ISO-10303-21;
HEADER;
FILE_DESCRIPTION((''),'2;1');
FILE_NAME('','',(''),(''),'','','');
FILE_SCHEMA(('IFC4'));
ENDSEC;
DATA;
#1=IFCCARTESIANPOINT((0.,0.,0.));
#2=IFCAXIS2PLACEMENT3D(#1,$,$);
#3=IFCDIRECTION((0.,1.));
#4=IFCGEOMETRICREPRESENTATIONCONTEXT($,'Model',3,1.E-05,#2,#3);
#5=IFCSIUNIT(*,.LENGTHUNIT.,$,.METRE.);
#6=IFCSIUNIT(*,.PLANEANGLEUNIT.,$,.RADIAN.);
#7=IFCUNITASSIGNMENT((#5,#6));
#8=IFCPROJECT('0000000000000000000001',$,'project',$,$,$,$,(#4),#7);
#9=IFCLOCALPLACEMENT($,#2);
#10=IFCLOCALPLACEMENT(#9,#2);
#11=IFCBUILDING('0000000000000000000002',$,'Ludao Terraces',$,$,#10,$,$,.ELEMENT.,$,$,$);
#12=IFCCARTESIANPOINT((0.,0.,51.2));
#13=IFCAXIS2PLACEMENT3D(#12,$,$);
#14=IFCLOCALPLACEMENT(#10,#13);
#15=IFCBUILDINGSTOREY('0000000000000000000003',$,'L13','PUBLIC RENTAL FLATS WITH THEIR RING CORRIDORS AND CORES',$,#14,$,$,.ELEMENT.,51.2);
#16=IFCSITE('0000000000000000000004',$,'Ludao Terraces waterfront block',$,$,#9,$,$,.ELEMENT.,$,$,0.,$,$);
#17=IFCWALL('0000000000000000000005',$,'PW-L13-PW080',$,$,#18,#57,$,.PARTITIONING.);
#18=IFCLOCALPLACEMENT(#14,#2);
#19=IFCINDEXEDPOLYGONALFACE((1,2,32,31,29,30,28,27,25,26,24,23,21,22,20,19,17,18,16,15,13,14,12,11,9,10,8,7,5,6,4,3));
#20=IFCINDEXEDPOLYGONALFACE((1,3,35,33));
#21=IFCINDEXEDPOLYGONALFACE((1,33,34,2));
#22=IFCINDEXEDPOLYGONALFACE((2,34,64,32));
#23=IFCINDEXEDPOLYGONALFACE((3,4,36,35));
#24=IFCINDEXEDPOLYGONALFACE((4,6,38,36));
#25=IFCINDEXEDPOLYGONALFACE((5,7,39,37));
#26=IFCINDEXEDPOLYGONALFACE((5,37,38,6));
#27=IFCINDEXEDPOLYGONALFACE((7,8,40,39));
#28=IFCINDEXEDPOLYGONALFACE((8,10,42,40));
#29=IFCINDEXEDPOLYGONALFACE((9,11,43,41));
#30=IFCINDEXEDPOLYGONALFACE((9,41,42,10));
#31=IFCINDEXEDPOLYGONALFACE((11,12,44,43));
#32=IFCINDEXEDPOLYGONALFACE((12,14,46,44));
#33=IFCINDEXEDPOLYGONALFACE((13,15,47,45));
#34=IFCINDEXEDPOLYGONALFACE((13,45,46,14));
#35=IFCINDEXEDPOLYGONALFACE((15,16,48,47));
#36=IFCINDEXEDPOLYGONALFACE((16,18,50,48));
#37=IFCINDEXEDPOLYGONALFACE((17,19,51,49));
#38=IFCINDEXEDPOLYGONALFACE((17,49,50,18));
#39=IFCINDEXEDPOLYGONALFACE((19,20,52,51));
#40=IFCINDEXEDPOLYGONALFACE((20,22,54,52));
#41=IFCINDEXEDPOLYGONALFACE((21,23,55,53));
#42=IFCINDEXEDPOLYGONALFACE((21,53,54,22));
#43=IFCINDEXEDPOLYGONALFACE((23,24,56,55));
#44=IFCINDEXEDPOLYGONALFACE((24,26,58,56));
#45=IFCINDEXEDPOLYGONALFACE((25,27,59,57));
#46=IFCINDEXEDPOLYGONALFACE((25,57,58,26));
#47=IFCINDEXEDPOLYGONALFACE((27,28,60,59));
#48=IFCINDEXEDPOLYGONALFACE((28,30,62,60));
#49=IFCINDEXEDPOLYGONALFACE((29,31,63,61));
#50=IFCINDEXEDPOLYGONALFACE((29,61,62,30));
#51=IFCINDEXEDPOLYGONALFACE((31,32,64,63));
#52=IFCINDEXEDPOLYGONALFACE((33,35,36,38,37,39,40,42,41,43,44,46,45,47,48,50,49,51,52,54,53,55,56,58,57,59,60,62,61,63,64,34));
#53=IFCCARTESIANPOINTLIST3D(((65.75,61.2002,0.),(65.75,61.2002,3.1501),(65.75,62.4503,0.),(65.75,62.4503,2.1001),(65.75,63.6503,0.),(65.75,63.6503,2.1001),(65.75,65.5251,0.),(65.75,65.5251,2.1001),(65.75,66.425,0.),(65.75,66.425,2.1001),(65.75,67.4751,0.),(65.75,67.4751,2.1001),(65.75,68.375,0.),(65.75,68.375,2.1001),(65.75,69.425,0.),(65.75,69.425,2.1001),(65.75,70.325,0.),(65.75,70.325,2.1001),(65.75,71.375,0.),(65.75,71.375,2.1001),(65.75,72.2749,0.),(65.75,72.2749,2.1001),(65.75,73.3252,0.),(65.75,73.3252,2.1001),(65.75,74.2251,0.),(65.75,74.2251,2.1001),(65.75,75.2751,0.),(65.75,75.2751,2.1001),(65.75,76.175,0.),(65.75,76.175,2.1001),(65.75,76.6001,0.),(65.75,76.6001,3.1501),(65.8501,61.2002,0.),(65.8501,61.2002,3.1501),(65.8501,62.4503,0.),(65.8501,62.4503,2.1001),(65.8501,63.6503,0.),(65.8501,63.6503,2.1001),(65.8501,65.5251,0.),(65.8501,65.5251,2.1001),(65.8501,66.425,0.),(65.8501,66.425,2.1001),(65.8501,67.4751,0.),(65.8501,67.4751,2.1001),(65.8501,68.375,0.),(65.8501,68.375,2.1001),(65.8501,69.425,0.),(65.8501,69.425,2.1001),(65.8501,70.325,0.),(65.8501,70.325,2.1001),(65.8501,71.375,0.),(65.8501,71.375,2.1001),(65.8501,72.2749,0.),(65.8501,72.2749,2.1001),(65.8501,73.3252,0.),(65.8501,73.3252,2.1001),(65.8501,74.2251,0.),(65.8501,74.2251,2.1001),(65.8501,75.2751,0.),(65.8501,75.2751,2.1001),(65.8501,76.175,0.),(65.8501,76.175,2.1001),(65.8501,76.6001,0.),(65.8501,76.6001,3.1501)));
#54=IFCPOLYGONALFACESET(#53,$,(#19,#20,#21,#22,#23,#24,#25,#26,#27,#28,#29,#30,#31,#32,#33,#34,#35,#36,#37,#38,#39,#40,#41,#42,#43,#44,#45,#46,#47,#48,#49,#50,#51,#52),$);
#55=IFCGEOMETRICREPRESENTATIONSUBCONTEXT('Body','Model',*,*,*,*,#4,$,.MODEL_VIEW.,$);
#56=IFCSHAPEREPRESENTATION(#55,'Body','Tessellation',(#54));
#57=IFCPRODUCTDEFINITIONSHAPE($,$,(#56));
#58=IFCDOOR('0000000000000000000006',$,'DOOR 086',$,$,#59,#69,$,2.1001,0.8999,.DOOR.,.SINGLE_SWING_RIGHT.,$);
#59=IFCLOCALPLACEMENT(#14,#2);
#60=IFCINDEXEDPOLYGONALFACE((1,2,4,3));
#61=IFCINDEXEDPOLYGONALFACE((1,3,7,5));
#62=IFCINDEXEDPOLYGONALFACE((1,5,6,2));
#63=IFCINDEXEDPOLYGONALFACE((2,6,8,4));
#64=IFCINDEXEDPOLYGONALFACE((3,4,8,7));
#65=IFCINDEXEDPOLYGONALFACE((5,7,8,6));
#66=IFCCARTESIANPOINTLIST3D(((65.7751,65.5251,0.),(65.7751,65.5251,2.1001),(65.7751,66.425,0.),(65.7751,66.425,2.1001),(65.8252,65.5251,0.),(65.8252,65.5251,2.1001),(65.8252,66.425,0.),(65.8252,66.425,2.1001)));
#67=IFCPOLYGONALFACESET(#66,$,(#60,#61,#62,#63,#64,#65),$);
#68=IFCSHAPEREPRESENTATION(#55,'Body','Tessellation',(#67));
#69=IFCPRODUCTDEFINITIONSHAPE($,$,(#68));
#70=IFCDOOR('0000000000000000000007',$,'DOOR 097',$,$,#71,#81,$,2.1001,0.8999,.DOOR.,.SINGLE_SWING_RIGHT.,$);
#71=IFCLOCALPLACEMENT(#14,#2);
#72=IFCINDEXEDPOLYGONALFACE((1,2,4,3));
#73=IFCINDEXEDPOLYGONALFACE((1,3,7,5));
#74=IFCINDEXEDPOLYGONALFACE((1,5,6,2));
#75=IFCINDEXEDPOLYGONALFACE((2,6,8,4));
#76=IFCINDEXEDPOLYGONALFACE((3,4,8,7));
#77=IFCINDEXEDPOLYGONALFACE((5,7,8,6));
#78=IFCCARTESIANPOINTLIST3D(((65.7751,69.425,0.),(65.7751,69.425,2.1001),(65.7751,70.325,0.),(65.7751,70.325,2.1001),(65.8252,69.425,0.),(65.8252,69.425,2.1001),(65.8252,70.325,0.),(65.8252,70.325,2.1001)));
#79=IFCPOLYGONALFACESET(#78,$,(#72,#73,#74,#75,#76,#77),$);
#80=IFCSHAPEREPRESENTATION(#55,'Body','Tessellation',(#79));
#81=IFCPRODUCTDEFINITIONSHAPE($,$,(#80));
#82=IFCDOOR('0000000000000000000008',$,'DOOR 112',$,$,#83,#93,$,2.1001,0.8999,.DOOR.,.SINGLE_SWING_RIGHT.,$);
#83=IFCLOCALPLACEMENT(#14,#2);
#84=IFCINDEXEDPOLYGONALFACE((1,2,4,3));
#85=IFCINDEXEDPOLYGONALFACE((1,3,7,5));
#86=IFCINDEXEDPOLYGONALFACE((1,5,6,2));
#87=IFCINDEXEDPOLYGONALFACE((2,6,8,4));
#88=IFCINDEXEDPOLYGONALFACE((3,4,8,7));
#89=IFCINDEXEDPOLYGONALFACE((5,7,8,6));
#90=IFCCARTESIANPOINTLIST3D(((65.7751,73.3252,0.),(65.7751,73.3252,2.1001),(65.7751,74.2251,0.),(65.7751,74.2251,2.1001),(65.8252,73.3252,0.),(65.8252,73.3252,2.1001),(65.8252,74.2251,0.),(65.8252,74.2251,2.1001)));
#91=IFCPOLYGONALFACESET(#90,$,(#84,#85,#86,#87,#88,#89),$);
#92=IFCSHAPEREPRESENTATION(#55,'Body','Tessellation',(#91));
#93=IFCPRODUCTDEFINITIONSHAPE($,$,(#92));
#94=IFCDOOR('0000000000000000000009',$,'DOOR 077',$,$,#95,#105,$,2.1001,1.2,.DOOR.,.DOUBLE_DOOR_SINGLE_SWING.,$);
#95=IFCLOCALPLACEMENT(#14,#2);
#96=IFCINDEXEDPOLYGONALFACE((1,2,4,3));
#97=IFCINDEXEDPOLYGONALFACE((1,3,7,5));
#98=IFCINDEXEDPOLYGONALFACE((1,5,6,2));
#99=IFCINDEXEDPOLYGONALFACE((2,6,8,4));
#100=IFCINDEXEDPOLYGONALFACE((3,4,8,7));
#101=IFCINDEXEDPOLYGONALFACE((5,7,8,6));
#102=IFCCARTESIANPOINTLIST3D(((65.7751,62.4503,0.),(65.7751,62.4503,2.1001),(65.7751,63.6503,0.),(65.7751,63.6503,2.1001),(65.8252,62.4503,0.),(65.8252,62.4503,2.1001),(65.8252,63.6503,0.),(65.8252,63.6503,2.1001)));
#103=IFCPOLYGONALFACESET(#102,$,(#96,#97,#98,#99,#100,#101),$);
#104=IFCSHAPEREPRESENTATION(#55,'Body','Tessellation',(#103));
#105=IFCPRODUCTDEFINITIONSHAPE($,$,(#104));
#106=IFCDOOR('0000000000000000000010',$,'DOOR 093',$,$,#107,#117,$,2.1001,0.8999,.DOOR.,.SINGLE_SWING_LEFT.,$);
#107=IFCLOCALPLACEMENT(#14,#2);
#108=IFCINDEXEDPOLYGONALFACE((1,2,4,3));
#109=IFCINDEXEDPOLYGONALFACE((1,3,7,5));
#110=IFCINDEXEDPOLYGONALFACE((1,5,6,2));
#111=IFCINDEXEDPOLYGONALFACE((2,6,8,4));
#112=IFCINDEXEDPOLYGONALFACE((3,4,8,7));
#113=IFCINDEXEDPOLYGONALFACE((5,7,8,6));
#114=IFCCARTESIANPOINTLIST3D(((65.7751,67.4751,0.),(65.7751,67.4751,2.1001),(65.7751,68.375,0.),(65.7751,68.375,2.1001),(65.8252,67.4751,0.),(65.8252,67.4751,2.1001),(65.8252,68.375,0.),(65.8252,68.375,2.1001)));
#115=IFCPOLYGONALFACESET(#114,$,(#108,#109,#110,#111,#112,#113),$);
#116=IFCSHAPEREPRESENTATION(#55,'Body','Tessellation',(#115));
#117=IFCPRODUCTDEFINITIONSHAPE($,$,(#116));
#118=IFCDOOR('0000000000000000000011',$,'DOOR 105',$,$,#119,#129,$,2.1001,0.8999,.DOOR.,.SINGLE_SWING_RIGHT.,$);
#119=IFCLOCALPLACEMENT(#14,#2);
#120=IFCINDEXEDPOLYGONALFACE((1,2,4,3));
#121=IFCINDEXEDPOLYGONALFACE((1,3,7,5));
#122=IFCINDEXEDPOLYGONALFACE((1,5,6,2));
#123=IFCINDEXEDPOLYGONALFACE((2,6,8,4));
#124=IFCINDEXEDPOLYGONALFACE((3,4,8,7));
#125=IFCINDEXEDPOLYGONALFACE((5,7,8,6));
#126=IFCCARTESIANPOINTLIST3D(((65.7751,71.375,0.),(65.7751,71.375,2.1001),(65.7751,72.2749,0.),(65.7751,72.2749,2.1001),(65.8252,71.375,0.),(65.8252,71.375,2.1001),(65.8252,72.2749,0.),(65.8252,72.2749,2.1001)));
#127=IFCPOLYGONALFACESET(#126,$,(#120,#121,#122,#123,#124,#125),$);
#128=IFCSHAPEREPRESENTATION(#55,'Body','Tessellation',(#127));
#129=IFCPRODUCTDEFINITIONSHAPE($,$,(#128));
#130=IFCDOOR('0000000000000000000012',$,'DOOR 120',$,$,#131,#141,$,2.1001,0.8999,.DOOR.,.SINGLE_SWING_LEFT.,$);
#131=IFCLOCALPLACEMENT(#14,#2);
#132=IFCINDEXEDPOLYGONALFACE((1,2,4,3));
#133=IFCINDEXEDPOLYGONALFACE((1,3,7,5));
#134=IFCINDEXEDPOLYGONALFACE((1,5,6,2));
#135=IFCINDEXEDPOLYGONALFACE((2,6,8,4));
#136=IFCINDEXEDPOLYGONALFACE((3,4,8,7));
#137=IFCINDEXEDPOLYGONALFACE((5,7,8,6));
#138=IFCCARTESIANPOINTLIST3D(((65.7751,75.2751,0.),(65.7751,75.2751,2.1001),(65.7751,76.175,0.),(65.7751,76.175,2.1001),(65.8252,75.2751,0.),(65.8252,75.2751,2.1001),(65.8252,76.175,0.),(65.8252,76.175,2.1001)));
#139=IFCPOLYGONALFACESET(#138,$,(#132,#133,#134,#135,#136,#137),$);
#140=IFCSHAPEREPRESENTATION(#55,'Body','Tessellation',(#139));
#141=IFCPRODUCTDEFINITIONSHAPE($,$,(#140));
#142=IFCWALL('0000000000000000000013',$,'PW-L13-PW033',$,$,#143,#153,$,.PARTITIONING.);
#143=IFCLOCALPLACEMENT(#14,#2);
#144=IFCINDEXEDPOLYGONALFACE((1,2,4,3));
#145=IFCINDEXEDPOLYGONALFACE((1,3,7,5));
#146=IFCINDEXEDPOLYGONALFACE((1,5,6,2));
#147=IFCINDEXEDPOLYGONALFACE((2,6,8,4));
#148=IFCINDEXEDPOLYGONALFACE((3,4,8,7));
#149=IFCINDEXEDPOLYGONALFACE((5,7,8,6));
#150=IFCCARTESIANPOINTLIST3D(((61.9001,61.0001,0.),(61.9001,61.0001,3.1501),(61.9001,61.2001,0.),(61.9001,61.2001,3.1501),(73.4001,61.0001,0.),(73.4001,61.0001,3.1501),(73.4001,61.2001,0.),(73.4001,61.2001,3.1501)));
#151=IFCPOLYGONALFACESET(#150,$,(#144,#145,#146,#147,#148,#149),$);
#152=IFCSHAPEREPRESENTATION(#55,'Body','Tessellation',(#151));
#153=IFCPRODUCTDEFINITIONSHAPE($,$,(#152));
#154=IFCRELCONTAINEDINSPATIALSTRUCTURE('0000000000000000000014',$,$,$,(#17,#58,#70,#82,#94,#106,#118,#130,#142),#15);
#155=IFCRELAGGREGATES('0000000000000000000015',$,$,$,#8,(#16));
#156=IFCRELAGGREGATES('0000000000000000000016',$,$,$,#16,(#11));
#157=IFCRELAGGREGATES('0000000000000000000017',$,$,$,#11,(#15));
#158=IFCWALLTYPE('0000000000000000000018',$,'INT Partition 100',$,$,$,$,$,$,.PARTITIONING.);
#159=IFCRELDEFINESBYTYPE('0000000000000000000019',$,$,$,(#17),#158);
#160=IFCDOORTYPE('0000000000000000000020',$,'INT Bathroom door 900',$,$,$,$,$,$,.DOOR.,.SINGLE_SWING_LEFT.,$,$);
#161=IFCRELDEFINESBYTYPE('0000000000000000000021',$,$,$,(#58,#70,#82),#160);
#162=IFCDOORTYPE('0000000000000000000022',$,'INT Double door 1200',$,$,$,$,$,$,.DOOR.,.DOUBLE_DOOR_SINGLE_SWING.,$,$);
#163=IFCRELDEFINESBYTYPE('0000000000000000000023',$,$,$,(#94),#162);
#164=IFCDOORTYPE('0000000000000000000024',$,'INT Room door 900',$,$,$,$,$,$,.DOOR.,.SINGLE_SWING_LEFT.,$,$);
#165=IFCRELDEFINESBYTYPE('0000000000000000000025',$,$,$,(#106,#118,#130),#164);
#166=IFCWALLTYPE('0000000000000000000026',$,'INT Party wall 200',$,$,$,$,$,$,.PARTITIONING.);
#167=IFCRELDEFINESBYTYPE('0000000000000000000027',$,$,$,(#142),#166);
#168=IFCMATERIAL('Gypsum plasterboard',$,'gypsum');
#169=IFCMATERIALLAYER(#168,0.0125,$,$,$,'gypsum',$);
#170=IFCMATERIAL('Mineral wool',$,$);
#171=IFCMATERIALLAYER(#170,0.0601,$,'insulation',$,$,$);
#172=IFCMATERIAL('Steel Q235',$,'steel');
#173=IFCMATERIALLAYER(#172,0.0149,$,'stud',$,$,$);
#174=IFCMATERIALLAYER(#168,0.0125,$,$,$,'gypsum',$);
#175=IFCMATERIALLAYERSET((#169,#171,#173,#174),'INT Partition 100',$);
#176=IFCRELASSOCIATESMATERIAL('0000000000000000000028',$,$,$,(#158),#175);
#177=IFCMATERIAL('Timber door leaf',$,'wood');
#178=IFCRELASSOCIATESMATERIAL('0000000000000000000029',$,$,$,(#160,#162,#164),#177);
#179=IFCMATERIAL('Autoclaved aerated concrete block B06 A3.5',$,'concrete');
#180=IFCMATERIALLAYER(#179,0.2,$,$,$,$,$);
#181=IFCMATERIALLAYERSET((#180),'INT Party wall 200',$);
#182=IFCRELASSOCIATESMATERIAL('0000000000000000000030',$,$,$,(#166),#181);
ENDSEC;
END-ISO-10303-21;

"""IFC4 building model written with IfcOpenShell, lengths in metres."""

from ifc_helpers import new_model, si_unit, direction, frame, frame_2d, origin, place, context, subcontext, project, spatial, rectangle, extrude, material, layer, layer_set, type_object, element, fill, save


model = new_model("IFC4")

# Units and contexts
model_context = context("Model", 3, precision=1e-05, world=origin(), true_north=direction((0.0, 1.0)))
body_context = subcontext(model_context, "Body", "Model", "MODEL_VIEW")
ifc_project = project(units=[si_unit("LENGTHUNIT", "METRE"), si_unit("PLANEANGLEUNIT", "RADIAN")], contexts=[model_context])

# Site, building, storey
site_placement = place(None, origin())
site = spatial("IfcSite", under=ifc_project, at=site_placement, Name="Ludao Terraces waterfront block", CompositionType="ELEMENT", RefElevation=0.0)
building_placement = place(site_placement, origin())
building = spatial("IfcBuilding", under=site, at=building_placement, Name="Ludao Terraces", CompositionType="ELEMENT")
storey_placement = place(building_placement, frame((0.0, 0.0, 51.2)))
storey = spatial("IfcBuildingStorey", under=building, at=storey_placement, Name="L13", Description="PUBLIC RENTAL FLATS WITH THEIR RING CORRIDORS AND CORES", CompositionType="ELEMENT", Elevation=51.2)

# Shared definitions
ifc_material_1 = material(Name="Mineral wool")

# Shared definitions
ifc_material_2 = material(Name="Gypsum plasterboard", Category="gypsum")
ifc_layer_1 = layer(ifc_material_2, 0.0125, Category="gypsum")
ifc_layer_2 = layer(ifc_material_1, 0.0601, Name="insulation")
ifc_material_3 = material(Name="Steel Q235", Category="steel")
ifc_layer_3 = layer(ifc_material_3, 0.0149, Name="stud")
ifc_layer_4 = layer(ifc_material_2, 0.0125, Category="gypsum")
ifc_layer_set_1 = layer_set([ifc_layer_1, ifc_layer_2, ifc_layer_3, ifc_layer_4], Name="INT Partition 100")
wall_type_1 = type_object("IfcWallType", Name="INT Partition 100", PredefinedType="PARTITIONING", material=ifc_layer_set_1)

# Wall, openings, doors
wall_1_placement = place(storey_placement, frame((65.8, 61.2002, 0.0), z_axis=(0.0, 0.0, 1.0), x_axis=(0.0, 1.0, 0.0)))
wall_1 = element("IfcWall", 1, at=wall_1_placement, inside=storey, type_object=wall_type_1, Name="PW-L13-PW080", PredefinedType="PARTITIONING", context=body_context, shape_type="SweptSolid", body=[
    extrude(rectangle(XDim=15.3999, YDim=0.1001, at=frame_2d((7.7, 0.0))), origin(), (0.0, 0.0, 1.0), 3.1501),
])
opening_1_placement = place(wall_1_placement, frame((1.25, 0.0, 0.0)))
opening_1 = element("IfcOpeningElement", 2, at=opening_1_placement, cuts=wall_1, PredefinedType="OPENING", context=body_context, shape_type="SweptSolid", body=[
    extrude(rectangle(XDim=1.2, YDim=2.1001, at=frame_2d((0.6001, 1.05))), frame((0.0, 0.0601, 0.0), z_axis=(0.0, -1.0, 0.0), x_axis=(1.0, 0.0, 0.0)), (0.0, 0.0, 1.0), 0.1201),
])
opening_2_placement = place(wall_1_placement, frame((4.325, 0.0, 0.0)))
opening_2 = element("IfcOpeningElement", 3, at=opening_2_placement, cuts=wall_1, PredefinedType="OPENING", context=body_context, shape_type="SweptSolid", body=[
    extrude(rectangle(XDim=0.8999, YDim=2.1001, at=frame_2d((0.45, 1.05))), frame((0.0, 0.0601, 0.0), z_axis=(0.0, -1.0, 0.0), x_axis=(1.0, 0.0, 0.0)), (0.0, 0.0, 1.0), 0.1201),
])
opening_3_placement = place(wall_1_placement, frame((6.2749, 0.0, 0.0)))
opening_3 = element("IfcOpeningElement", 4, at=opening_3_placement, cuts=wall_1, PredefinedType="OPENING", context=body_context, shape_type="SweptSolid", body=[
    extrude(rectangle(XDim=0.8999, YDim=2.1001, at=frame_2d((0.45, 1.05))), frame((0.0, 0.0601, 0.0), z_axis=(0.0, -1.0, 0.0), x_axis=(1.0, 0.0, 0.0)), (0.0, 0.0, 1.0), 0.1201),
])
opening_4_placement = place(wall_1_placement, frame((8.2249, 0.0, 0.0)))
opening_4 = element("IfcOpeningElement", 5, at=opening_4_placement, cuts=wall_1, PredefinedType="OPENING", context=body_context, shape_type="SweptSolid", body=[
    extrude(rectangle(XDim=0.8999, YDim=2.1001, at=frame_2d((0.45, 1.05))), frame((0.0, 0.0601, 0.0), z_axis=(0.0, -1.0, 0.0), x_axis=(1.0, 0.0, 0.0)), (0.0, 0.0, 1.0), 0.1201),
])
opening_5_placement = place(wall_1_placement, frame((10.1748, 0.0, 0.0)))
opening_5 = element("IfcOpeningElement", 6, at=opening_5_placement, cuts=wall_1, PredefinedType="OPENING", context=body_context, shape_type="SweptSolid", body=[
    extrude(rectangle(XDim=0.8999, YDim=2.1001, at=frame_2d((0.45, 1.05))), frame((0.0, 0.0601, 0.0), z_axis=(0.0, -1.0, 0.0), x_axis=(1.0, 0.0, 0.0)), (0.0, 0.0, 1.0), 0.1201),
])
opening_6_placement = place(wall_1_placement, frame((12.125, 0.0, 0.0)))
opening_6 = element("IfcOpeningElement", 7, at=opening_6_placement, cuts=wall_1, PredefinedType="OPENING", context=body_context, shape_type="SweptSolid", body=[
    extrude(rectangle(XDim=0.8999, YDim=2.1001, at=frame_2d((0.45, 1.05))), frame((0.0, 0.0601, 0.0), z_axis=(0.0, -1.0, 0.0), x_axis=(1.0, 0.0, 0.0)), (0.0, 0.0, 1.0), 0.1201),
])
opening_7_placement = place(wall_1_placement, frame((14.075, 0.0, 0.0)))
opening_7 = element("IfcOpeningElement", 8, at=opening_7_placement, cuts=wall_1, PredefinedType="OPENING", context=body_context, shape_type="SweptSolid", body=[
    extrude(rectangle(XDim=0.8999, YDim=2.1001, at=frame_2d((0.45, 1.05))), frame((0.0, 0.0601, 0.0), z_axis=(0.0, -1.0, 0.0), x_axis=(1.0, 0.0, 0.0)), (0.0, 0.0, 1.0), 0.1201),
])
ifc_material_4 = material(Name="Timber door leaf", Category="wood")
door_type_1 = type_object("IfcDoorType", Name="INT Bathroom door 900", OperationType="SINGLE_SWING_LEFT", PredefinedType="DOOR", material=ifc_material_4)
door_1_placement = place(opening_2_placement, origin())
door_1 = element("IfcDoor", 9, at=door_1_placement, inside=storey, type_object=door_type_1, Name="DOOR 086", OperationType="SINGLE_SWING_RIGHT", OverallHeight=2.1001, OverallWidth=0.8999, PredefinedType="DOOR", context=body_context, shape_type="SweptSolid", body=[
    extrude(rectangle(XDim=0.8999, YDim=2.1001, at=frame_2d((0.45, 1.05))), frame((0.0, 0.0249, 0.0), z_axis=(0.0, -1.0, 0.0), x_axis=(1.0, 0.0, 0.0)), (0.0, 0.0, 1.0), 0.05),
])
fill(opening_2, door_1)
door_2_placement = place(opening_4_placement, origin())
door_2 = element("IfcDoor", 10, at=door_2_placement, inside=storey, type_object=door_type_1, Name="DOOR 097", OperationType="SINGLE_SWING_RIGHT", OverallHeight=2.1001, OverallWidth=0.8999, PredefinedType="DOOR", context=body_context, shape_type="SweptSolid", body=[
    extrude(rectangle(XDim=0.8999, YDim=2.1001, at=frame_2d((0.45, 1.05))), frame((0.0, 0.0249, 0.0), z_axis=(0.0, -1.0, 0.0), x_axis=(1.0, 0.0, 0.0)), (0.0, 0.0, 1.0), 0.05),
])
fill(opening_4, door_2)
door_3_placement = place(opening_6_placement, origin())
door_3 = element("IfcDoor", 11, at=door_3_placement, inside=storey, type_object=door_type_1, Name="DOOR 112", OperationType="SINGLE_SWING_RIGHT", OverallHeight=2.1001, OverallWidth=0.8999, PredefinedType="DOOR", context=body_context, shape_type="SweptSolid", body=[
    extrude(rectangle(XDim=0.8999, YDim=2.1001, at=frame_2d((0.45, 1.05))), frame((0.0, 0.0249, 0.0), z_axis=(0.0, -1.0, 0.0), x_axis=(1.0, 0.0, 0.0)), (0.0, 0.0, 1.0), 0.05),
])
fill(opening_6, door_3)
door_type_2 = type_object("IfcDoorType", Name="INT Double door 1200", OperationType="DOUBLE_DOOR_SINGLE_SWING", PredefinedType="DOOR", material=ifc_material_4)
door_4_placement = place(opening_1_placement, origin())
door_4 = element("IfcDoor", 12, at=door_4_placement, inside=storey, type_object=door_type_2, Name="DOOR 077", OperationType="DOUBLE_DOOR_SINGLE_SWING", OverallHeight=2.1001, OverallWidth=1.2, PredefinedType="DOOR", context=body_context, shape_type="SweptSolid", body=[
    extrude(rectangle(XDim=1.2, YDim=2.1001, at=frame_2d((0.6001, 1.05))), frame((0.0, 0.0249, 0.0), z_axis=(0.0, -1.0, 0.0), x_axis=(1.0, 0.0, 0.0)), (0.0, 0.0, 1.0), 0.05),
])
fill(opening_1, door_4)
door_type_3 = type_object("IfcDoorType", Name="INT Room door 900", OperationType="SINGLE_SWING_LEFT", PredefinedType="DOOR", material=ifc_material_4)
door_5_placement = place(opening_3_placement, origin())
door_5 = element("IfcDoor", 13, at=door_5_placement, inside=storey, type_object=door_type_3, Name="DOOR 093", OperationType="SINGLE_SWING_LEFT", OverallHeight=2.1001, OverallWidth=0.8999, PredefinedType="DOOR", context=body_context, shape_type="SweptSolid", body=[
    extrude(rectangle(XDim=0.8999, YDim=2.1001, at=frame_2d((0.45, 1.05))), frame((0.0, 0.0249, 0.0), z_axis=(0.0, -1.0, 0.0), x_axis=(1.0, 0.0, 0.0)), (0.0, 0.0, 1.0), 0.05),
])
fill(opening_3, door_5)
door_6_placement = place(opening_5_placement, origin())
door_6 = element("IfcDoor", 14, at=door_6_placement, inside=storey, type_object=door_type_3, Name="DOOR 105", OperationType="SINGLE_SWING_RIGHT", OverallHeight=2.1001, OverallWidth=0.8999, PredefinedType="DOOR", context=body_context, shape_type="SweptSolid", body=[
    extrude(rectangle(XDim=0.8999, YDim=2.1001, at=frame_2d((0.45, 1.05))), frame((0.0, 0.0249, 0.0), z_axis=(0.0, -1.0, 0.0), x_axis=(1.0, 0.0, 0.0)), (0.0, 0.0, 1.0), 0.05),
])
fill(opening_5, door_6)
door_7_placement = place(opening_7_placement, origin())
door_7 = element("IfcDoor", 15, at=door_7_placement, inside=storey, type_object=door_type_3, Name="DOOR 120", OperationType="SINGLE_SWING_LEFT", OverallHeight=2.1001, OverallWidth=0.8999, PredefinedType="DOOR", context=body_context, shape_type="SweptSolid", body=[
    extrude(rectangle(XDim=0.8999, YDim=2.1001, at=frame_2d((0.45, 1.05))), frame((0.0, 0.0249, 0.0), z_axis=(0.0, -1.0, 0.0), x_axis=(1.0, 0.0, 0.0)), (0.0, 0.0, 1.0), 0.05),
])
fill(opening_7, door_7)

# Wall
ifc_material_5 = material(Name="Autoclaved aerated concrete block B06 A3.5", Category="concrete")
ifc_layer_5 = layer(ifc_material_5, 0.2)
ifc_layer_set_2 = layer_set([ifc_layer_5], Name="INT Party wall 200")
wall_type_2 = type_object("IfcWallType", Name="INT Party wall 200", PredefinedType="PARTITIONING", material=ifc_layer_set_2)
wall_2_placement = place(storey_placement, frame((61.9001, 61.1001, 0.0), z_axis=(0.0, 0.0, 1.0), x_axis=(1.0, 0.0, 0.0)))
element("IfcWall", 16, at=wall_2_placement, inside=storey, type_object=wall_type_2, Name="PW-L13-PW033", PredefinedType="PARTITIONING", context=body_context, shape_type="SweptSolid", body=[
    extrude(rectangle(XDim=11.5, YDim=0.2, at=frame_2d((5.75, 0.0))), origin(), (0.0, 0.0, 1.0), 3.1501),
])

save(model, "model.ifc")
